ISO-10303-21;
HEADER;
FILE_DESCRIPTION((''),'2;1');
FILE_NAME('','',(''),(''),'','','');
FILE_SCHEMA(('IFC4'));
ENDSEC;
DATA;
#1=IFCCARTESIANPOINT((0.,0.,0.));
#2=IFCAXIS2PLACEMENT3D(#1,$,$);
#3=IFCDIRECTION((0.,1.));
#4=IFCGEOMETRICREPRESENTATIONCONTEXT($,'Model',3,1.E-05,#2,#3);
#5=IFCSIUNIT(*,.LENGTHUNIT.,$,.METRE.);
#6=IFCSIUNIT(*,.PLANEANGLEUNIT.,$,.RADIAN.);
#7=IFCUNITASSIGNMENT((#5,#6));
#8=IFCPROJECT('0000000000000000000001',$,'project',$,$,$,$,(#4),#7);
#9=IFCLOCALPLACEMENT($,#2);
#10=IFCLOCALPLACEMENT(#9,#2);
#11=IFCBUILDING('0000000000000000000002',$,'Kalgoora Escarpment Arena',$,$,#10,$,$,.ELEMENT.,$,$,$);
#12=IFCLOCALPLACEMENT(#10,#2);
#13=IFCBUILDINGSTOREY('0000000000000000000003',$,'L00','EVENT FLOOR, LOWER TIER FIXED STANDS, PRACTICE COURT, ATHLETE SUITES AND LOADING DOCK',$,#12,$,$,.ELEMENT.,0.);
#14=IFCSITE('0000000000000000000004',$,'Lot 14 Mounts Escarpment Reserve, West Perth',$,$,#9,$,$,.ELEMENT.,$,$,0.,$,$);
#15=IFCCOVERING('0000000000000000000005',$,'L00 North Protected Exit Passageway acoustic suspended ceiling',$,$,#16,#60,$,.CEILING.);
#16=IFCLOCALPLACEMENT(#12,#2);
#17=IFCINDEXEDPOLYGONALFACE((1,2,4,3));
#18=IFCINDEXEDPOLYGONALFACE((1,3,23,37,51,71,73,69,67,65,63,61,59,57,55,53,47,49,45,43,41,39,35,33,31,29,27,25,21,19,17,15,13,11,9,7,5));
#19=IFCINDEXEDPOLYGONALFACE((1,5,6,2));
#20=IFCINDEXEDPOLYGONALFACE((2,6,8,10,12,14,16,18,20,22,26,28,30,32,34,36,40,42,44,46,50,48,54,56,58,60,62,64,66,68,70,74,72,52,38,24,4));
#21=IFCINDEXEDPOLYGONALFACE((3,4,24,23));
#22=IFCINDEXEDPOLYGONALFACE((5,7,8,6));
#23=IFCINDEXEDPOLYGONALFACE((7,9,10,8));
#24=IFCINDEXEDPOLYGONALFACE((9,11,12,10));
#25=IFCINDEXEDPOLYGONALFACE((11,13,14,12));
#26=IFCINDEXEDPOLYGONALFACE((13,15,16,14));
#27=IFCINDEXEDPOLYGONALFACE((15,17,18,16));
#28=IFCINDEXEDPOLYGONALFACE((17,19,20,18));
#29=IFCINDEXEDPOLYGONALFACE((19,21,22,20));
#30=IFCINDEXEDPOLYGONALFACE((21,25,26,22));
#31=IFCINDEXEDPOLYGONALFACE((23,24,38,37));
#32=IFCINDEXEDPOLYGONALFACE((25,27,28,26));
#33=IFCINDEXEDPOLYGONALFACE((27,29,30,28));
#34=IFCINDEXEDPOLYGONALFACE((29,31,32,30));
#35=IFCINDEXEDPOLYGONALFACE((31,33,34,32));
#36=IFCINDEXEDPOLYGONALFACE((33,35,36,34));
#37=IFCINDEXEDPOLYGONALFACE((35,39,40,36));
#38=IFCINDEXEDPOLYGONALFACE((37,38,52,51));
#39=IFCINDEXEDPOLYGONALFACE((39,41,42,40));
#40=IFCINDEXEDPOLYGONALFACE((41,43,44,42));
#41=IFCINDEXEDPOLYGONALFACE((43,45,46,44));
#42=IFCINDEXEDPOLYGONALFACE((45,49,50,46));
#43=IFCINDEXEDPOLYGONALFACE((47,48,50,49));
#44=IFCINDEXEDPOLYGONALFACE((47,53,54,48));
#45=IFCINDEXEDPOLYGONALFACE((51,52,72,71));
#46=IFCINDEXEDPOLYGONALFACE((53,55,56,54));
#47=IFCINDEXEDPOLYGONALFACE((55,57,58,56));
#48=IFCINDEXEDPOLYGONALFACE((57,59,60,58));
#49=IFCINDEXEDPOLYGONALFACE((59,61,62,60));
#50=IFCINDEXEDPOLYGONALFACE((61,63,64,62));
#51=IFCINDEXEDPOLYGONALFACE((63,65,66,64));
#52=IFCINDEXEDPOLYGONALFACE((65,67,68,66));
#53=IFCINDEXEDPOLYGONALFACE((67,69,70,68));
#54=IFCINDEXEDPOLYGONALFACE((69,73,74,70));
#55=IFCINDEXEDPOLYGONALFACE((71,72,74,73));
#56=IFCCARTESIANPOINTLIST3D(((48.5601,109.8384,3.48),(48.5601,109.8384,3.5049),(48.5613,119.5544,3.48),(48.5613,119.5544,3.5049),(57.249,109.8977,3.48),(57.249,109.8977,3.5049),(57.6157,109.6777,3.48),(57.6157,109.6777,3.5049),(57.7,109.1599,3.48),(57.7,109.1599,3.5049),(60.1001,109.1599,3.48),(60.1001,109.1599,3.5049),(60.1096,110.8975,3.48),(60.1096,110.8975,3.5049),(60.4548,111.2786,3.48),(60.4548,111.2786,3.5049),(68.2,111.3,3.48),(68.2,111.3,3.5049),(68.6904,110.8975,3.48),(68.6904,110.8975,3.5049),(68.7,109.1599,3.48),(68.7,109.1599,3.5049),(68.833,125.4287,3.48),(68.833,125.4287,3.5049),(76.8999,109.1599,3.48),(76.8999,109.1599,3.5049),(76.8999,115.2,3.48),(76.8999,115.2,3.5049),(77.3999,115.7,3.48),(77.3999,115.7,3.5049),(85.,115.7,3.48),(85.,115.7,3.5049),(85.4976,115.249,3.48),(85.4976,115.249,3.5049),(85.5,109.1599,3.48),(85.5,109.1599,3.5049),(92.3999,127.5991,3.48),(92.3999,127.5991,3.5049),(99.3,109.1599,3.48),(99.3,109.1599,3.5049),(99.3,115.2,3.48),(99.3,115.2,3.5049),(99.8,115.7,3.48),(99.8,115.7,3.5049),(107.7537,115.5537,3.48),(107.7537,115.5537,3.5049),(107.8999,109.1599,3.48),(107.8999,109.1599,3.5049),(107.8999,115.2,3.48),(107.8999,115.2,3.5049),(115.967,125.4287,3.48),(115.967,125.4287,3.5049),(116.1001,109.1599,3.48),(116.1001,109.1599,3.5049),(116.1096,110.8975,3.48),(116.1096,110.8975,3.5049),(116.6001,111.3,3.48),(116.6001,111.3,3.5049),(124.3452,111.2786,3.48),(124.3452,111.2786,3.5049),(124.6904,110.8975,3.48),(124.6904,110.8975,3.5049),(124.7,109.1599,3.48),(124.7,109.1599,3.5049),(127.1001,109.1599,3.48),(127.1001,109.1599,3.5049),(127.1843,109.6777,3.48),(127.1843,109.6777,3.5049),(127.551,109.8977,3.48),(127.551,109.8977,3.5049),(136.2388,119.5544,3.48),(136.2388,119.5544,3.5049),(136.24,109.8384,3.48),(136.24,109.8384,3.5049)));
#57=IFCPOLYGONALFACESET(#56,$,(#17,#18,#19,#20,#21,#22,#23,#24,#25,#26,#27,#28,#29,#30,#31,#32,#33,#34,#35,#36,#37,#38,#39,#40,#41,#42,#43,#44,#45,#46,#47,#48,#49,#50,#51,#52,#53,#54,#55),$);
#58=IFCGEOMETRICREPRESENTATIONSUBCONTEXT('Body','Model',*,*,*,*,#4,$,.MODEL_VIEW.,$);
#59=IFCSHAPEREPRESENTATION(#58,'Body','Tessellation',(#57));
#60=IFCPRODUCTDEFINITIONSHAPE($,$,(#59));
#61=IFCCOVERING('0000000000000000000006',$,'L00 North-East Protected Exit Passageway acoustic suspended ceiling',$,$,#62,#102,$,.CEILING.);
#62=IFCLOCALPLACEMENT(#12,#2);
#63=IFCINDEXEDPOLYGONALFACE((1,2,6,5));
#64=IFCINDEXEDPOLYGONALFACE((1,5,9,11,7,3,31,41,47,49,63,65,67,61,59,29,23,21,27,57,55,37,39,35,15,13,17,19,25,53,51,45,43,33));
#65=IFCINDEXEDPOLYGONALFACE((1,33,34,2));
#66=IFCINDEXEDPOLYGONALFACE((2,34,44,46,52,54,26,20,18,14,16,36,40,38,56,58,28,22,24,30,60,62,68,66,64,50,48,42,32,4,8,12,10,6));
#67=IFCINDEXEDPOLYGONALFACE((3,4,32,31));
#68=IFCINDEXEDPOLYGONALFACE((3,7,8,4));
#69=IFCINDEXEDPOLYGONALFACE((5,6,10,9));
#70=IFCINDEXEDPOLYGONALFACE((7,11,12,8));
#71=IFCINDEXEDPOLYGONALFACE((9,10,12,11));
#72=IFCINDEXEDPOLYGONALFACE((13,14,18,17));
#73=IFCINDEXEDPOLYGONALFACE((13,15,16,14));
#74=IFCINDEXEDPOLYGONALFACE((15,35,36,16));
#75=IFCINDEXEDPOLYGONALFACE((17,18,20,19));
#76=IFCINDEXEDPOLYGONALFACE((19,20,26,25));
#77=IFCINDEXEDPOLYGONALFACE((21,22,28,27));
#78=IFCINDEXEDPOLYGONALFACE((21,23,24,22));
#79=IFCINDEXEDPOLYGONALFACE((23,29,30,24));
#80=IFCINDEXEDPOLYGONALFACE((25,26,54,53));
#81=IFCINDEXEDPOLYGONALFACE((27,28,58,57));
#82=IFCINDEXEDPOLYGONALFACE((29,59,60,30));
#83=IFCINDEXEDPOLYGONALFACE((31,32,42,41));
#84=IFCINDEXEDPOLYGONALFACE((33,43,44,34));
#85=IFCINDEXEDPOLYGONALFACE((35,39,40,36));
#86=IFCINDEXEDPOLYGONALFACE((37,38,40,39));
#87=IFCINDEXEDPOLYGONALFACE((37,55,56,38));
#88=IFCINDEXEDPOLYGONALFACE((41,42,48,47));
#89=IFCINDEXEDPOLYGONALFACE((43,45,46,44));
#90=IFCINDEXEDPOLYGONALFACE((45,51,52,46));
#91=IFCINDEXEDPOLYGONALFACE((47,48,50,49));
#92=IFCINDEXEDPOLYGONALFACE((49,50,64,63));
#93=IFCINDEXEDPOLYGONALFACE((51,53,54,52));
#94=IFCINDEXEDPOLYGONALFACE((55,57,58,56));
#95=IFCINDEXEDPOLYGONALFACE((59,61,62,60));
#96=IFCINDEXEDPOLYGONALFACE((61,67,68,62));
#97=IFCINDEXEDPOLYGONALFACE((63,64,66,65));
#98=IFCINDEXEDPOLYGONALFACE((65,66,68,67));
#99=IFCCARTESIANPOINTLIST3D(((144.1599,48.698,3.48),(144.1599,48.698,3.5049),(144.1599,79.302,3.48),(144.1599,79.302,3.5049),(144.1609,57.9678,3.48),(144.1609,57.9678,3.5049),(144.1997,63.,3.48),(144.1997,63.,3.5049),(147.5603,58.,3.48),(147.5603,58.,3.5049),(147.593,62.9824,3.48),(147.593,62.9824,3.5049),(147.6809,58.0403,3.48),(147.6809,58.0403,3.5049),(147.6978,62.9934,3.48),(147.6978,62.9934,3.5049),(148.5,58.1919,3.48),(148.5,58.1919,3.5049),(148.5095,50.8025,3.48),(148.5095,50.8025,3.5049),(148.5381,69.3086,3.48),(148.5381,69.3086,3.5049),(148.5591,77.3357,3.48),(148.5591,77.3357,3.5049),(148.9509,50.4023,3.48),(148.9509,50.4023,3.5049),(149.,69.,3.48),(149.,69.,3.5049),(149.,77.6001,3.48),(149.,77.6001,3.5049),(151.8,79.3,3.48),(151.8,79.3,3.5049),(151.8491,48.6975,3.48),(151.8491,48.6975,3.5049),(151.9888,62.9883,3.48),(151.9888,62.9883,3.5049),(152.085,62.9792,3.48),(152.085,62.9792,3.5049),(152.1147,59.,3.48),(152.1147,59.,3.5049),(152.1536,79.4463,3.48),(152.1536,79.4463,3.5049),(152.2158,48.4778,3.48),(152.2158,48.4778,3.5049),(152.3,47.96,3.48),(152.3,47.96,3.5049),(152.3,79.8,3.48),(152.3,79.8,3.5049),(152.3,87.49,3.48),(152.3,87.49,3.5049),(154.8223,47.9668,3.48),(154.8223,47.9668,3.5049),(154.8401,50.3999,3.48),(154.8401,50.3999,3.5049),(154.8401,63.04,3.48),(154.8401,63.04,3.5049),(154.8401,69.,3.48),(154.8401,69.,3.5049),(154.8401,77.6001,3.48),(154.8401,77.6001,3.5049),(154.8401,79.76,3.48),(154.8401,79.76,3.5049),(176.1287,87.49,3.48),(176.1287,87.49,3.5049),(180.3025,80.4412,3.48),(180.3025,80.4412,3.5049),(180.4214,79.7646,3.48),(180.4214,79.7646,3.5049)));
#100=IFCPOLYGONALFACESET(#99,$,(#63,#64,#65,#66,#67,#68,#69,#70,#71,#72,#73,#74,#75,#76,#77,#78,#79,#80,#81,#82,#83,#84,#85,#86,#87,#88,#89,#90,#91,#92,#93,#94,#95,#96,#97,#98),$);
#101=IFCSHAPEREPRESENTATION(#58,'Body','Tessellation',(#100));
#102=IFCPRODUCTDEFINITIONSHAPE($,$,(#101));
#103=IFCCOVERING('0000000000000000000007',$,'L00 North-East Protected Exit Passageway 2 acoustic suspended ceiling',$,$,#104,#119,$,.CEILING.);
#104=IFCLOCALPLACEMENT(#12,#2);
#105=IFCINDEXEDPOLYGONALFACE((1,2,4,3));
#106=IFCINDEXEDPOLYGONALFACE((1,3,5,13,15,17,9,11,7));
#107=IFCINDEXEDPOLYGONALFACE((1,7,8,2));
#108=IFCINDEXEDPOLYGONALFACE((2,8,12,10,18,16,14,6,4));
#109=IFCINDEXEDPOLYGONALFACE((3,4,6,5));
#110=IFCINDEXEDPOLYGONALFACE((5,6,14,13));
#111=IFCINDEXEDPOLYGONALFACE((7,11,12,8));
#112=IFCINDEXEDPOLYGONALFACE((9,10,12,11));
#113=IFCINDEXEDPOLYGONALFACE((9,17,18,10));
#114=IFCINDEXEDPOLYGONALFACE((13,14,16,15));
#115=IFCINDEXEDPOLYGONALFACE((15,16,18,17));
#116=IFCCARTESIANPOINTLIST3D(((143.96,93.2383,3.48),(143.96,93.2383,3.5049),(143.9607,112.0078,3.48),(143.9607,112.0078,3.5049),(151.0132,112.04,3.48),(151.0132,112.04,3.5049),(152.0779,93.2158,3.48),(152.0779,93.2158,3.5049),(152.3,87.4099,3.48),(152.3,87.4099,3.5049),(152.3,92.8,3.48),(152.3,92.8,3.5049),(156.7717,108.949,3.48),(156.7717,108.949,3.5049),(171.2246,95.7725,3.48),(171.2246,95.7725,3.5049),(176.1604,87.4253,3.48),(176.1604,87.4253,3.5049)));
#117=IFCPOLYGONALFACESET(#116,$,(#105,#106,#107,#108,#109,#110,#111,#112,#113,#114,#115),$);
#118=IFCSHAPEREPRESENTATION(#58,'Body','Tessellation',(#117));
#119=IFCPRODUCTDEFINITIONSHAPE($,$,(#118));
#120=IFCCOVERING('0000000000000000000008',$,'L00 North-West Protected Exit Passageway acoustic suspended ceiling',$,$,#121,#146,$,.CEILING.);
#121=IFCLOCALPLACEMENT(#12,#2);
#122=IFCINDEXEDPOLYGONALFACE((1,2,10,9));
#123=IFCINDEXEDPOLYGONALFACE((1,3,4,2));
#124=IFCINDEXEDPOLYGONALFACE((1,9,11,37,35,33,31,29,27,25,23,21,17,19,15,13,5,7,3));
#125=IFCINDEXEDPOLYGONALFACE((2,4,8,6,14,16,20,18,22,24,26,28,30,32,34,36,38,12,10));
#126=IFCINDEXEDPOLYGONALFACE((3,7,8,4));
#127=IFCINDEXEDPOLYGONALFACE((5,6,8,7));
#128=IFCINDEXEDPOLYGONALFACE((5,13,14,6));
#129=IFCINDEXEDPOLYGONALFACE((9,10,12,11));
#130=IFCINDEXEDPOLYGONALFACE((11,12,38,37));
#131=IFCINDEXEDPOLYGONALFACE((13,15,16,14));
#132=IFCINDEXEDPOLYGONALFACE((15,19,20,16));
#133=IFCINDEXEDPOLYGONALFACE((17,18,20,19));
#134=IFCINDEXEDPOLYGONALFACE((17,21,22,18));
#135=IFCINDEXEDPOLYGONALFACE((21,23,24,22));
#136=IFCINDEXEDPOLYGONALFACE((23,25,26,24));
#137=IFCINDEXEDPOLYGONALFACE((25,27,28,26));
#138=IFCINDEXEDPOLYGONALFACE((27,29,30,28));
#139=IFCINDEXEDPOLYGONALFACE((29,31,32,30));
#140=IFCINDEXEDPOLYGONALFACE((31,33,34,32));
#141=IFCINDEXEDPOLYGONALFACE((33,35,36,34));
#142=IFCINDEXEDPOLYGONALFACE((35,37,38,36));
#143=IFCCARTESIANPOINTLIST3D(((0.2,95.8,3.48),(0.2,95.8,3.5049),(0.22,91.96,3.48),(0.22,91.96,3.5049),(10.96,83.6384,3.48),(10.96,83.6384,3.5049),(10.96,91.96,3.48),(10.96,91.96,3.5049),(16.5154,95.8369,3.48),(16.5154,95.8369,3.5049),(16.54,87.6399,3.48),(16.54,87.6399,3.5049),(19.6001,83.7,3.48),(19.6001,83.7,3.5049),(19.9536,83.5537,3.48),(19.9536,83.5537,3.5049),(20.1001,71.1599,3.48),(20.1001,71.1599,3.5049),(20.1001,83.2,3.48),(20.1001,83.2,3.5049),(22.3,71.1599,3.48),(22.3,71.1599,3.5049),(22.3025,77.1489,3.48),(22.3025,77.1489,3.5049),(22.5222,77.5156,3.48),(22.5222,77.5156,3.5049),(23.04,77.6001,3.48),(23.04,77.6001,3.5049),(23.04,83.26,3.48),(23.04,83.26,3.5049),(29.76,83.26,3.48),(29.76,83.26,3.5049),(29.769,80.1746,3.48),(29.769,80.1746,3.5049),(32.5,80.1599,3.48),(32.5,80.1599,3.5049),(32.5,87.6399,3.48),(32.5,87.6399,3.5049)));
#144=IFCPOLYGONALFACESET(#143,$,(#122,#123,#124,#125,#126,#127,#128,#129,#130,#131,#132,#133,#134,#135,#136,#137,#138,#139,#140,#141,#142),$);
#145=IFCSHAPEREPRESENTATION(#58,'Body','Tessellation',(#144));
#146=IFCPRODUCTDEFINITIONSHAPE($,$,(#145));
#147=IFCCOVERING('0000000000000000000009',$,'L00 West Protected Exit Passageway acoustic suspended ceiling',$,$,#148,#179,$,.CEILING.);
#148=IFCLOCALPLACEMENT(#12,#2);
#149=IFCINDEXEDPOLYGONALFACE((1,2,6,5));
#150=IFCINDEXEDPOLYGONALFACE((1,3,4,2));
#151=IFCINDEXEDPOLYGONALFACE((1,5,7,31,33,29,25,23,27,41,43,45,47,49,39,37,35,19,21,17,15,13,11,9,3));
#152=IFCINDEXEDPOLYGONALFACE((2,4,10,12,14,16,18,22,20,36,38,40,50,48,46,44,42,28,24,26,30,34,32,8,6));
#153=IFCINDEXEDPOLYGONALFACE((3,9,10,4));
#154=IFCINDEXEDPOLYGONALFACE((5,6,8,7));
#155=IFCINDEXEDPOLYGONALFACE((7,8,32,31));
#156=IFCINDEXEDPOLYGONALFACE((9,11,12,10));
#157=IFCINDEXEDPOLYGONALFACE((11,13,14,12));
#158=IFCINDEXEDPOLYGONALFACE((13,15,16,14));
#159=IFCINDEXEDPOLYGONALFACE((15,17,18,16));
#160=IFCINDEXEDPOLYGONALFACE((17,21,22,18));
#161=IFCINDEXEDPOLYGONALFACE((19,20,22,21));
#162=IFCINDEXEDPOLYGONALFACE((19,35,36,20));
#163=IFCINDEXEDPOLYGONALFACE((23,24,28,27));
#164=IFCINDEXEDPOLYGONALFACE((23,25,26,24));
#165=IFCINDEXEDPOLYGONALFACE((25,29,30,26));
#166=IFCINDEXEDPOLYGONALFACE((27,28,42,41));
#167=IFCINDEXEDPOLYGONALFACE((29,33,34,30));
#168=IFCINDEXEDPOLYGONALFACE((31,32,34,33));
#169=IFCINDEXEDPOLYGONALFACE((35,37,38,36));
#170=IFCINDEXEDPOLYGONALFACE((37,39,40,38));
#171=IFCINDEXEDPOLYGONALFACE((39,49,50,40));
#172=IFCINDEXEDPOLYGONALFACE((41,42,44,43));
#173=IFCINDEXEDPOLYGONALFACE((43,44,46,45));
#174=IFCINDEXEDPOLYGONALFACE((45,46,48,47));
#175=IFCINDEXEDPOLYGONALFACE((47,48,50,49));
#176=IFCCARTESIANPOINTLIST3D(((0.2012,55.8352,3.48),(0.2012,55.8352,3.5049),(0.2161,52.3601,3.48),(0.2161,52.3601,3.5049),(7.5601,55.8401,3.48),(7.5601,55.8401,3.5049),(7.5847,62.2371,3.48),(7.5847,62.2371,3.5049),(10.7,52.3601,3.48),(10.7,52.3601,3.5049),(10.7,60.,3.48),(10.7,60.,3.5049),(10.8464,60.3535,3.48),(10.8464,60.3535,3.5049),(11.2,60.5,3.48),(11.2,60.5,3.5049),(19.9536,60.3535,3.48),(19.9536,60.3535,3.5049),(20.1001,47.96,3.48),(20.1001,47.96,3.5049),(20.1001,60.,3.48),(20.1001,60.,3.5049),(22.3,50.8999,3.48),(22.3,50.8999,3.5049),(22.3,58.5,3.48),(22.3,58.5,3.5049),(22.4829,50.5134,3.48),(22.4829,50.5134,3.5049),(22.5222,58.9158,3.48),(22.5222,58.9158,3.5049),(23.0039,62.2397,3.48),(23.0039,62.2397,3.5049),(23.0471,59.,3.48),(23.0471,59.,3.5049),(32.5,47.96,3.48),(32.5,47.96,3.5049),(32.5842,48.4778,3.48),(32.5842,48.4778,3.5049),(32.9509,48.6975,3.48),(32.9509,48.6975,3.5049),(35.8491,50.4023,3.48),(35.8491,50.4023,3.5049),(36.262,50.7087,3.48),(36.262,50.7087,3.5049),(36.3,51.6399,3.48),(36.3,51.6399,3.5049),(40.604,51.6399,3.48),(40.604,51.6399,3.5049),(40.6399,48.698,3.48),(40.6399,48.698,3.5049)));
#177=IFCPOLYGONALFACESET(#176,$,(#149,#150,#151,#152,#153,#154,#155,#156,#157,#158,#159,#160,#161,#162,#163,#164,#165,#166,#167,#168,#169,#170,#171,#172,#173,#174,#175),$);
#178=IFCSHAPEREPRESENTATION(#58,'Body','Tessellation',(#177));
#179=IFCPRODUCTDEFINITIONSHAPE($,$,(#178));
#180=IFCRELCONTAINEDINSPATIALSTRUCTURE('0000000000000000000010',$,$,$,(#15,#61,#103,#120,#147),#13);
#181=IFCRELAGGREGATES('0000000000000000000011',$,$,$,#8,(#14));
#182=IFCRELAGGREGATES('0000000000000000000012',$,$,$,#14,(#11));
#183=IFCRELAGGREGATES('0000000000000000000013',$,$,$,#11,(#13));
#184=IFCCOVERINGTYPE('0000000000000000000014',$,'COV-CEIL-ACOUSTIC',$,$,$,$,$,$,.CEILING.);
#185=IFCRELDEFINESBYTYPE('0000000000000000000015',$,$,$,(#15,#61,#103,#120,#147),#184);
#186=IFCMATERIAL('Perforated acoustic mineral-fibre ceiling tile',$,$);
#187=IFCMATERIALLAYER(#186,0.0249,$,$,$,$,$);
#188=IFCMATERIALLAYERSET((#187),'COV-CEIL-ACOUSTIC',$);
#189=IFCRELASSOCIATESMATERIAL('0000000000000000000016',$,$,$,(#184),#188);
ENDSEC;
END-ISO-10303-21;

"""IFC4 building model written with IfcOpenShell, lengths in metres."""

from ifc_helpers import new_model, si_unit, direction, frame, origin, place, context, subcontext, project, spatial, polyline, outline, extrude, material, layer, layer_set, type_object, element, save


model = new_model("IFC4")

# Units and contexts
model_context = context("Model", 3, precision=1e-05, world=origin(), true_north=direction((0.0, 1.0)))
body_context = subcontext(model_context, "Body", "Model", "MODEL_VIEW")
ifc_project = project(units=[si_unit("LENGTHUNIT", "METRE"), si_unit("PLANEANGLEUNIT", "RADIAN")], contexts=[model_context])

# Site, building, storey
site_placement = place(None, origin())
site = spatial("IfcSite", under=ifc_project, at=site_placement, Name="Lot 14 Mounts Escarpment Reserve, West Perth", CompositionType="ELEMENT", RefElevation=0.0)
building_placement = place(site_placement, origin())
building = spatial("IfcBuilding", under=site, at=building_placement, Name="Kalgoora Escarpment Arena", CompositionType="ELEMENT")
storey_placement = place(building_placement, origin())
storey = spatial("IfcBuildingStorey", under=building, at=storey_placement, Name="L00", Description="EVENT FLOOR, LOWER TIER FIXED STANDS, PRACTICE COURT, ATHLETE SUITES AND LOADING DOCK", CompositionType="ELEMENT", Elevation=0.0)

# Coverings
ifc_material = material(Name="Perforated acoustic mineral-fibre ceiling tile")
ifc_layer = layer(ifc_material, 0.0249)
ifc_layer_set = layer_set([ifc_layer], Name="COV-CEIL-ACOUSTIC")
covering_type = type_object("IfcCoveringType", Name="COV-CEIL-ACOUSTIC", PredefinedType="CEILING", material=ifc_layer_set)
covering_1_placement = place(storey_placement, frame((0.0, 0.0, 3.48)))
element("IfcCovering", 1, at=covering_1_placement, inside=storey, type_object=covering_type, Name="L00 North Protected Exit Passageway acoustic suspended ceiling", PredefinedType="CEILING", context=body_context, shape_type="SweptSolid", body=[
    extrude(outline(polyline([(107.8999, 115.2), (107.7537, 115.5537), (99.8, 115.7), (99.3, 115.2), (99.3, 109.1599), (85.5, 109.1599), (85.4976, 115.249), (85.0, 115.7), (77.3999, 115.7), (76.8999, 115.2), (76.8999, 109.1599), (68.7, 109.1599), (68.6904, 110.8975), (68.2, 111.3), (60.4548, 111.2786), (60.1096, 110.8975), (60.1001, 109.1599), (57.7, 109.1599), (57.6157, 109.6777), (57.249, 109.8977), (48.5601, 109.8384), (48.5613, 119.5544), (68.833, 125.4287), (92.3999, 127.5991), (115.967, 125.4287), (136.2388, 119.5544), (136.24, 109.8384), (127.551, 109.8977), (127.1843, 109.6777), (127.1001, 109.1599), (124.7, 109.1599), (124.6904, 110.8975), (124.3452, 111.2786), (116.6001, 111.3), (116.1096, 110.8975), (116.1001, 109.1599), (107.8999, 109.1599), (107.8999, 115.2)])), origin(), (0.0, 0.0, 1.0), 0.0249),
])
covering_2_placement = place(storey_placement, frame((0.0, 0.0, 3.48)))
element("IfcCovering", 2, at=covering_2_placement, inside=storey, type_object=covering_type, Name="L00 North-East Protected Exit Passageway acoustic suspended ceiling", PredefinedType="CEILING", context=body_context, shape_type="SweptSolid", body=[
    extrude(outline(polyline([(144.1997, 63.0), (144.1599, 79.302), (151.8, 79.3), (152.1536, 79.4463), (152.3, 79.8), (152.3, 87.49), (176.1287, 87.49), (180.3025, 80.4412), (180.4214, 79.7646), (154.8401, 79.76), (154.8401, 77.6001), (149.0, 77.6001), (148.5591, 77.3357), (148.5381, 69.3086), (149.0, 69.0), (154.8401, 69.0), (154.8401, 63.04), (152.085, 62.9792), (152.1147, 59.0), (151.9888, 62.9883), (147.6978, 62.9934), (147.6809, 58.0403), (148.5, 58.1919), (148.5095, 50.8025), (148.9509, 50.4023), (154.8401, 50.3999), (154.8223, 47.9668), (152.3, 47.96), (152.2158, 48.4778), (151.8491, 48.6975), (144.1599, 48.698), (144.1609, 57.9678), (147.5603, 58.0), (147.593, 62.9824), (144.1997, 63.0)])), origin(), (0.0, 0.0, 1.0), 0.0249),
])
covering_3_placement = place(storey_placement, frame((0.0, 0.0, 3.48)))
element("IfcCovering", 3, at=covering_3_placement, inside=storey, type_object=covering_type, Name="L00 North-East Protected Exit Passageway 2 acoustic suspended ceiling", PredefinedType="CEILING", context=body_context, shape_type="SweptSolid", body=[
    extrude(outline(polyline([(143.9607, 112.0078), (151.0132, 112.04), (156.7717, 108.949), (171.2246, 95.7725), (176.1604, 87.4253), (152.3, 87.4099), (152.3, 92.8), (152.0779, 93.2158), (143.96, 93.2383), (143.9607, 112.0078)])), origin(), (0.0, 0.0, 1.0), 0.0249),
])
covering_4_placement = place(storey_placement, frame((0.0, 0.0, 3.48)))
element("IfcCovering", 4, at=covering_4_placement, inside=storey, type_object=covering_type, Name="L00 North-West Protected Exit Passageway acoustic suspended ceiling", PredefinedType="CEILING", context=body_context, shape_type="SweptSolid", body=[
    extrude(outline(polyline([(0.22, 91.96), (0.2, 95.8), (16.5154, 95.8369), (16.54, 87.6399), (32.5, 87.6399), (32.5, 80.1599), (29.769, 80.1746), (29.76, 83.26), (23.04, 83.26), (23.04, 77.6001), (22.5222, 77.5156), (22.3025, 77.1489), (22.3, 71.1599), (20.1001, 71.1599), (20.1001, 83.2), (19.9536, 83.5537), (19.6001, 83.7), (10.96, 83.6384), (10.96, 91.96), (0.22, 91.96)])), origin(), (0.0, 0.0, 1.0), 0.0249),
])
covering_5_placement = place(storey_placement, frame((0.0, 0.0, 3.48)))
element("IfcCovering", 5, at=covering_5_placement, inside=storey, type_object=covering_type, Name="L00 West Protected Exit Passageway acoustic suspended ceiling", PredefinedType="CEILING", context=body_context, shape_type="SweptSolid", body=[
    extrude(outline(polyline([(0.2161, 52.3601), (0.2012, 55.8352), (7.5601, 55.8401), (7.5847, 62.2371), (23.0039, 62.2397), (23.0471, 59.0), (22.5222, 58.9158), (22.3, 58.5), (22.3, 50.8999), (22.4829, 50.5134), (35.8491, 50.4023), (36.262, 50.7087), (36.3, 51.6399), (40.604, 51.6399), (40.6399, 48.698), (32.9509, 48.6975), (32.5842, 48.4778), (32.5, 47.96), (20.1001, 47.96), (20.1001, 60.0), (19.9536, 60.3535), (11.2, 60.5), (10.8464, 60.3535), (10.7, 60.0), (10.7, 52.3601), (0.2161, 52.3601)])), origin(), (0.0, 0.0, 1.0), 0.0249),
])

save(model, "model.ifc")
